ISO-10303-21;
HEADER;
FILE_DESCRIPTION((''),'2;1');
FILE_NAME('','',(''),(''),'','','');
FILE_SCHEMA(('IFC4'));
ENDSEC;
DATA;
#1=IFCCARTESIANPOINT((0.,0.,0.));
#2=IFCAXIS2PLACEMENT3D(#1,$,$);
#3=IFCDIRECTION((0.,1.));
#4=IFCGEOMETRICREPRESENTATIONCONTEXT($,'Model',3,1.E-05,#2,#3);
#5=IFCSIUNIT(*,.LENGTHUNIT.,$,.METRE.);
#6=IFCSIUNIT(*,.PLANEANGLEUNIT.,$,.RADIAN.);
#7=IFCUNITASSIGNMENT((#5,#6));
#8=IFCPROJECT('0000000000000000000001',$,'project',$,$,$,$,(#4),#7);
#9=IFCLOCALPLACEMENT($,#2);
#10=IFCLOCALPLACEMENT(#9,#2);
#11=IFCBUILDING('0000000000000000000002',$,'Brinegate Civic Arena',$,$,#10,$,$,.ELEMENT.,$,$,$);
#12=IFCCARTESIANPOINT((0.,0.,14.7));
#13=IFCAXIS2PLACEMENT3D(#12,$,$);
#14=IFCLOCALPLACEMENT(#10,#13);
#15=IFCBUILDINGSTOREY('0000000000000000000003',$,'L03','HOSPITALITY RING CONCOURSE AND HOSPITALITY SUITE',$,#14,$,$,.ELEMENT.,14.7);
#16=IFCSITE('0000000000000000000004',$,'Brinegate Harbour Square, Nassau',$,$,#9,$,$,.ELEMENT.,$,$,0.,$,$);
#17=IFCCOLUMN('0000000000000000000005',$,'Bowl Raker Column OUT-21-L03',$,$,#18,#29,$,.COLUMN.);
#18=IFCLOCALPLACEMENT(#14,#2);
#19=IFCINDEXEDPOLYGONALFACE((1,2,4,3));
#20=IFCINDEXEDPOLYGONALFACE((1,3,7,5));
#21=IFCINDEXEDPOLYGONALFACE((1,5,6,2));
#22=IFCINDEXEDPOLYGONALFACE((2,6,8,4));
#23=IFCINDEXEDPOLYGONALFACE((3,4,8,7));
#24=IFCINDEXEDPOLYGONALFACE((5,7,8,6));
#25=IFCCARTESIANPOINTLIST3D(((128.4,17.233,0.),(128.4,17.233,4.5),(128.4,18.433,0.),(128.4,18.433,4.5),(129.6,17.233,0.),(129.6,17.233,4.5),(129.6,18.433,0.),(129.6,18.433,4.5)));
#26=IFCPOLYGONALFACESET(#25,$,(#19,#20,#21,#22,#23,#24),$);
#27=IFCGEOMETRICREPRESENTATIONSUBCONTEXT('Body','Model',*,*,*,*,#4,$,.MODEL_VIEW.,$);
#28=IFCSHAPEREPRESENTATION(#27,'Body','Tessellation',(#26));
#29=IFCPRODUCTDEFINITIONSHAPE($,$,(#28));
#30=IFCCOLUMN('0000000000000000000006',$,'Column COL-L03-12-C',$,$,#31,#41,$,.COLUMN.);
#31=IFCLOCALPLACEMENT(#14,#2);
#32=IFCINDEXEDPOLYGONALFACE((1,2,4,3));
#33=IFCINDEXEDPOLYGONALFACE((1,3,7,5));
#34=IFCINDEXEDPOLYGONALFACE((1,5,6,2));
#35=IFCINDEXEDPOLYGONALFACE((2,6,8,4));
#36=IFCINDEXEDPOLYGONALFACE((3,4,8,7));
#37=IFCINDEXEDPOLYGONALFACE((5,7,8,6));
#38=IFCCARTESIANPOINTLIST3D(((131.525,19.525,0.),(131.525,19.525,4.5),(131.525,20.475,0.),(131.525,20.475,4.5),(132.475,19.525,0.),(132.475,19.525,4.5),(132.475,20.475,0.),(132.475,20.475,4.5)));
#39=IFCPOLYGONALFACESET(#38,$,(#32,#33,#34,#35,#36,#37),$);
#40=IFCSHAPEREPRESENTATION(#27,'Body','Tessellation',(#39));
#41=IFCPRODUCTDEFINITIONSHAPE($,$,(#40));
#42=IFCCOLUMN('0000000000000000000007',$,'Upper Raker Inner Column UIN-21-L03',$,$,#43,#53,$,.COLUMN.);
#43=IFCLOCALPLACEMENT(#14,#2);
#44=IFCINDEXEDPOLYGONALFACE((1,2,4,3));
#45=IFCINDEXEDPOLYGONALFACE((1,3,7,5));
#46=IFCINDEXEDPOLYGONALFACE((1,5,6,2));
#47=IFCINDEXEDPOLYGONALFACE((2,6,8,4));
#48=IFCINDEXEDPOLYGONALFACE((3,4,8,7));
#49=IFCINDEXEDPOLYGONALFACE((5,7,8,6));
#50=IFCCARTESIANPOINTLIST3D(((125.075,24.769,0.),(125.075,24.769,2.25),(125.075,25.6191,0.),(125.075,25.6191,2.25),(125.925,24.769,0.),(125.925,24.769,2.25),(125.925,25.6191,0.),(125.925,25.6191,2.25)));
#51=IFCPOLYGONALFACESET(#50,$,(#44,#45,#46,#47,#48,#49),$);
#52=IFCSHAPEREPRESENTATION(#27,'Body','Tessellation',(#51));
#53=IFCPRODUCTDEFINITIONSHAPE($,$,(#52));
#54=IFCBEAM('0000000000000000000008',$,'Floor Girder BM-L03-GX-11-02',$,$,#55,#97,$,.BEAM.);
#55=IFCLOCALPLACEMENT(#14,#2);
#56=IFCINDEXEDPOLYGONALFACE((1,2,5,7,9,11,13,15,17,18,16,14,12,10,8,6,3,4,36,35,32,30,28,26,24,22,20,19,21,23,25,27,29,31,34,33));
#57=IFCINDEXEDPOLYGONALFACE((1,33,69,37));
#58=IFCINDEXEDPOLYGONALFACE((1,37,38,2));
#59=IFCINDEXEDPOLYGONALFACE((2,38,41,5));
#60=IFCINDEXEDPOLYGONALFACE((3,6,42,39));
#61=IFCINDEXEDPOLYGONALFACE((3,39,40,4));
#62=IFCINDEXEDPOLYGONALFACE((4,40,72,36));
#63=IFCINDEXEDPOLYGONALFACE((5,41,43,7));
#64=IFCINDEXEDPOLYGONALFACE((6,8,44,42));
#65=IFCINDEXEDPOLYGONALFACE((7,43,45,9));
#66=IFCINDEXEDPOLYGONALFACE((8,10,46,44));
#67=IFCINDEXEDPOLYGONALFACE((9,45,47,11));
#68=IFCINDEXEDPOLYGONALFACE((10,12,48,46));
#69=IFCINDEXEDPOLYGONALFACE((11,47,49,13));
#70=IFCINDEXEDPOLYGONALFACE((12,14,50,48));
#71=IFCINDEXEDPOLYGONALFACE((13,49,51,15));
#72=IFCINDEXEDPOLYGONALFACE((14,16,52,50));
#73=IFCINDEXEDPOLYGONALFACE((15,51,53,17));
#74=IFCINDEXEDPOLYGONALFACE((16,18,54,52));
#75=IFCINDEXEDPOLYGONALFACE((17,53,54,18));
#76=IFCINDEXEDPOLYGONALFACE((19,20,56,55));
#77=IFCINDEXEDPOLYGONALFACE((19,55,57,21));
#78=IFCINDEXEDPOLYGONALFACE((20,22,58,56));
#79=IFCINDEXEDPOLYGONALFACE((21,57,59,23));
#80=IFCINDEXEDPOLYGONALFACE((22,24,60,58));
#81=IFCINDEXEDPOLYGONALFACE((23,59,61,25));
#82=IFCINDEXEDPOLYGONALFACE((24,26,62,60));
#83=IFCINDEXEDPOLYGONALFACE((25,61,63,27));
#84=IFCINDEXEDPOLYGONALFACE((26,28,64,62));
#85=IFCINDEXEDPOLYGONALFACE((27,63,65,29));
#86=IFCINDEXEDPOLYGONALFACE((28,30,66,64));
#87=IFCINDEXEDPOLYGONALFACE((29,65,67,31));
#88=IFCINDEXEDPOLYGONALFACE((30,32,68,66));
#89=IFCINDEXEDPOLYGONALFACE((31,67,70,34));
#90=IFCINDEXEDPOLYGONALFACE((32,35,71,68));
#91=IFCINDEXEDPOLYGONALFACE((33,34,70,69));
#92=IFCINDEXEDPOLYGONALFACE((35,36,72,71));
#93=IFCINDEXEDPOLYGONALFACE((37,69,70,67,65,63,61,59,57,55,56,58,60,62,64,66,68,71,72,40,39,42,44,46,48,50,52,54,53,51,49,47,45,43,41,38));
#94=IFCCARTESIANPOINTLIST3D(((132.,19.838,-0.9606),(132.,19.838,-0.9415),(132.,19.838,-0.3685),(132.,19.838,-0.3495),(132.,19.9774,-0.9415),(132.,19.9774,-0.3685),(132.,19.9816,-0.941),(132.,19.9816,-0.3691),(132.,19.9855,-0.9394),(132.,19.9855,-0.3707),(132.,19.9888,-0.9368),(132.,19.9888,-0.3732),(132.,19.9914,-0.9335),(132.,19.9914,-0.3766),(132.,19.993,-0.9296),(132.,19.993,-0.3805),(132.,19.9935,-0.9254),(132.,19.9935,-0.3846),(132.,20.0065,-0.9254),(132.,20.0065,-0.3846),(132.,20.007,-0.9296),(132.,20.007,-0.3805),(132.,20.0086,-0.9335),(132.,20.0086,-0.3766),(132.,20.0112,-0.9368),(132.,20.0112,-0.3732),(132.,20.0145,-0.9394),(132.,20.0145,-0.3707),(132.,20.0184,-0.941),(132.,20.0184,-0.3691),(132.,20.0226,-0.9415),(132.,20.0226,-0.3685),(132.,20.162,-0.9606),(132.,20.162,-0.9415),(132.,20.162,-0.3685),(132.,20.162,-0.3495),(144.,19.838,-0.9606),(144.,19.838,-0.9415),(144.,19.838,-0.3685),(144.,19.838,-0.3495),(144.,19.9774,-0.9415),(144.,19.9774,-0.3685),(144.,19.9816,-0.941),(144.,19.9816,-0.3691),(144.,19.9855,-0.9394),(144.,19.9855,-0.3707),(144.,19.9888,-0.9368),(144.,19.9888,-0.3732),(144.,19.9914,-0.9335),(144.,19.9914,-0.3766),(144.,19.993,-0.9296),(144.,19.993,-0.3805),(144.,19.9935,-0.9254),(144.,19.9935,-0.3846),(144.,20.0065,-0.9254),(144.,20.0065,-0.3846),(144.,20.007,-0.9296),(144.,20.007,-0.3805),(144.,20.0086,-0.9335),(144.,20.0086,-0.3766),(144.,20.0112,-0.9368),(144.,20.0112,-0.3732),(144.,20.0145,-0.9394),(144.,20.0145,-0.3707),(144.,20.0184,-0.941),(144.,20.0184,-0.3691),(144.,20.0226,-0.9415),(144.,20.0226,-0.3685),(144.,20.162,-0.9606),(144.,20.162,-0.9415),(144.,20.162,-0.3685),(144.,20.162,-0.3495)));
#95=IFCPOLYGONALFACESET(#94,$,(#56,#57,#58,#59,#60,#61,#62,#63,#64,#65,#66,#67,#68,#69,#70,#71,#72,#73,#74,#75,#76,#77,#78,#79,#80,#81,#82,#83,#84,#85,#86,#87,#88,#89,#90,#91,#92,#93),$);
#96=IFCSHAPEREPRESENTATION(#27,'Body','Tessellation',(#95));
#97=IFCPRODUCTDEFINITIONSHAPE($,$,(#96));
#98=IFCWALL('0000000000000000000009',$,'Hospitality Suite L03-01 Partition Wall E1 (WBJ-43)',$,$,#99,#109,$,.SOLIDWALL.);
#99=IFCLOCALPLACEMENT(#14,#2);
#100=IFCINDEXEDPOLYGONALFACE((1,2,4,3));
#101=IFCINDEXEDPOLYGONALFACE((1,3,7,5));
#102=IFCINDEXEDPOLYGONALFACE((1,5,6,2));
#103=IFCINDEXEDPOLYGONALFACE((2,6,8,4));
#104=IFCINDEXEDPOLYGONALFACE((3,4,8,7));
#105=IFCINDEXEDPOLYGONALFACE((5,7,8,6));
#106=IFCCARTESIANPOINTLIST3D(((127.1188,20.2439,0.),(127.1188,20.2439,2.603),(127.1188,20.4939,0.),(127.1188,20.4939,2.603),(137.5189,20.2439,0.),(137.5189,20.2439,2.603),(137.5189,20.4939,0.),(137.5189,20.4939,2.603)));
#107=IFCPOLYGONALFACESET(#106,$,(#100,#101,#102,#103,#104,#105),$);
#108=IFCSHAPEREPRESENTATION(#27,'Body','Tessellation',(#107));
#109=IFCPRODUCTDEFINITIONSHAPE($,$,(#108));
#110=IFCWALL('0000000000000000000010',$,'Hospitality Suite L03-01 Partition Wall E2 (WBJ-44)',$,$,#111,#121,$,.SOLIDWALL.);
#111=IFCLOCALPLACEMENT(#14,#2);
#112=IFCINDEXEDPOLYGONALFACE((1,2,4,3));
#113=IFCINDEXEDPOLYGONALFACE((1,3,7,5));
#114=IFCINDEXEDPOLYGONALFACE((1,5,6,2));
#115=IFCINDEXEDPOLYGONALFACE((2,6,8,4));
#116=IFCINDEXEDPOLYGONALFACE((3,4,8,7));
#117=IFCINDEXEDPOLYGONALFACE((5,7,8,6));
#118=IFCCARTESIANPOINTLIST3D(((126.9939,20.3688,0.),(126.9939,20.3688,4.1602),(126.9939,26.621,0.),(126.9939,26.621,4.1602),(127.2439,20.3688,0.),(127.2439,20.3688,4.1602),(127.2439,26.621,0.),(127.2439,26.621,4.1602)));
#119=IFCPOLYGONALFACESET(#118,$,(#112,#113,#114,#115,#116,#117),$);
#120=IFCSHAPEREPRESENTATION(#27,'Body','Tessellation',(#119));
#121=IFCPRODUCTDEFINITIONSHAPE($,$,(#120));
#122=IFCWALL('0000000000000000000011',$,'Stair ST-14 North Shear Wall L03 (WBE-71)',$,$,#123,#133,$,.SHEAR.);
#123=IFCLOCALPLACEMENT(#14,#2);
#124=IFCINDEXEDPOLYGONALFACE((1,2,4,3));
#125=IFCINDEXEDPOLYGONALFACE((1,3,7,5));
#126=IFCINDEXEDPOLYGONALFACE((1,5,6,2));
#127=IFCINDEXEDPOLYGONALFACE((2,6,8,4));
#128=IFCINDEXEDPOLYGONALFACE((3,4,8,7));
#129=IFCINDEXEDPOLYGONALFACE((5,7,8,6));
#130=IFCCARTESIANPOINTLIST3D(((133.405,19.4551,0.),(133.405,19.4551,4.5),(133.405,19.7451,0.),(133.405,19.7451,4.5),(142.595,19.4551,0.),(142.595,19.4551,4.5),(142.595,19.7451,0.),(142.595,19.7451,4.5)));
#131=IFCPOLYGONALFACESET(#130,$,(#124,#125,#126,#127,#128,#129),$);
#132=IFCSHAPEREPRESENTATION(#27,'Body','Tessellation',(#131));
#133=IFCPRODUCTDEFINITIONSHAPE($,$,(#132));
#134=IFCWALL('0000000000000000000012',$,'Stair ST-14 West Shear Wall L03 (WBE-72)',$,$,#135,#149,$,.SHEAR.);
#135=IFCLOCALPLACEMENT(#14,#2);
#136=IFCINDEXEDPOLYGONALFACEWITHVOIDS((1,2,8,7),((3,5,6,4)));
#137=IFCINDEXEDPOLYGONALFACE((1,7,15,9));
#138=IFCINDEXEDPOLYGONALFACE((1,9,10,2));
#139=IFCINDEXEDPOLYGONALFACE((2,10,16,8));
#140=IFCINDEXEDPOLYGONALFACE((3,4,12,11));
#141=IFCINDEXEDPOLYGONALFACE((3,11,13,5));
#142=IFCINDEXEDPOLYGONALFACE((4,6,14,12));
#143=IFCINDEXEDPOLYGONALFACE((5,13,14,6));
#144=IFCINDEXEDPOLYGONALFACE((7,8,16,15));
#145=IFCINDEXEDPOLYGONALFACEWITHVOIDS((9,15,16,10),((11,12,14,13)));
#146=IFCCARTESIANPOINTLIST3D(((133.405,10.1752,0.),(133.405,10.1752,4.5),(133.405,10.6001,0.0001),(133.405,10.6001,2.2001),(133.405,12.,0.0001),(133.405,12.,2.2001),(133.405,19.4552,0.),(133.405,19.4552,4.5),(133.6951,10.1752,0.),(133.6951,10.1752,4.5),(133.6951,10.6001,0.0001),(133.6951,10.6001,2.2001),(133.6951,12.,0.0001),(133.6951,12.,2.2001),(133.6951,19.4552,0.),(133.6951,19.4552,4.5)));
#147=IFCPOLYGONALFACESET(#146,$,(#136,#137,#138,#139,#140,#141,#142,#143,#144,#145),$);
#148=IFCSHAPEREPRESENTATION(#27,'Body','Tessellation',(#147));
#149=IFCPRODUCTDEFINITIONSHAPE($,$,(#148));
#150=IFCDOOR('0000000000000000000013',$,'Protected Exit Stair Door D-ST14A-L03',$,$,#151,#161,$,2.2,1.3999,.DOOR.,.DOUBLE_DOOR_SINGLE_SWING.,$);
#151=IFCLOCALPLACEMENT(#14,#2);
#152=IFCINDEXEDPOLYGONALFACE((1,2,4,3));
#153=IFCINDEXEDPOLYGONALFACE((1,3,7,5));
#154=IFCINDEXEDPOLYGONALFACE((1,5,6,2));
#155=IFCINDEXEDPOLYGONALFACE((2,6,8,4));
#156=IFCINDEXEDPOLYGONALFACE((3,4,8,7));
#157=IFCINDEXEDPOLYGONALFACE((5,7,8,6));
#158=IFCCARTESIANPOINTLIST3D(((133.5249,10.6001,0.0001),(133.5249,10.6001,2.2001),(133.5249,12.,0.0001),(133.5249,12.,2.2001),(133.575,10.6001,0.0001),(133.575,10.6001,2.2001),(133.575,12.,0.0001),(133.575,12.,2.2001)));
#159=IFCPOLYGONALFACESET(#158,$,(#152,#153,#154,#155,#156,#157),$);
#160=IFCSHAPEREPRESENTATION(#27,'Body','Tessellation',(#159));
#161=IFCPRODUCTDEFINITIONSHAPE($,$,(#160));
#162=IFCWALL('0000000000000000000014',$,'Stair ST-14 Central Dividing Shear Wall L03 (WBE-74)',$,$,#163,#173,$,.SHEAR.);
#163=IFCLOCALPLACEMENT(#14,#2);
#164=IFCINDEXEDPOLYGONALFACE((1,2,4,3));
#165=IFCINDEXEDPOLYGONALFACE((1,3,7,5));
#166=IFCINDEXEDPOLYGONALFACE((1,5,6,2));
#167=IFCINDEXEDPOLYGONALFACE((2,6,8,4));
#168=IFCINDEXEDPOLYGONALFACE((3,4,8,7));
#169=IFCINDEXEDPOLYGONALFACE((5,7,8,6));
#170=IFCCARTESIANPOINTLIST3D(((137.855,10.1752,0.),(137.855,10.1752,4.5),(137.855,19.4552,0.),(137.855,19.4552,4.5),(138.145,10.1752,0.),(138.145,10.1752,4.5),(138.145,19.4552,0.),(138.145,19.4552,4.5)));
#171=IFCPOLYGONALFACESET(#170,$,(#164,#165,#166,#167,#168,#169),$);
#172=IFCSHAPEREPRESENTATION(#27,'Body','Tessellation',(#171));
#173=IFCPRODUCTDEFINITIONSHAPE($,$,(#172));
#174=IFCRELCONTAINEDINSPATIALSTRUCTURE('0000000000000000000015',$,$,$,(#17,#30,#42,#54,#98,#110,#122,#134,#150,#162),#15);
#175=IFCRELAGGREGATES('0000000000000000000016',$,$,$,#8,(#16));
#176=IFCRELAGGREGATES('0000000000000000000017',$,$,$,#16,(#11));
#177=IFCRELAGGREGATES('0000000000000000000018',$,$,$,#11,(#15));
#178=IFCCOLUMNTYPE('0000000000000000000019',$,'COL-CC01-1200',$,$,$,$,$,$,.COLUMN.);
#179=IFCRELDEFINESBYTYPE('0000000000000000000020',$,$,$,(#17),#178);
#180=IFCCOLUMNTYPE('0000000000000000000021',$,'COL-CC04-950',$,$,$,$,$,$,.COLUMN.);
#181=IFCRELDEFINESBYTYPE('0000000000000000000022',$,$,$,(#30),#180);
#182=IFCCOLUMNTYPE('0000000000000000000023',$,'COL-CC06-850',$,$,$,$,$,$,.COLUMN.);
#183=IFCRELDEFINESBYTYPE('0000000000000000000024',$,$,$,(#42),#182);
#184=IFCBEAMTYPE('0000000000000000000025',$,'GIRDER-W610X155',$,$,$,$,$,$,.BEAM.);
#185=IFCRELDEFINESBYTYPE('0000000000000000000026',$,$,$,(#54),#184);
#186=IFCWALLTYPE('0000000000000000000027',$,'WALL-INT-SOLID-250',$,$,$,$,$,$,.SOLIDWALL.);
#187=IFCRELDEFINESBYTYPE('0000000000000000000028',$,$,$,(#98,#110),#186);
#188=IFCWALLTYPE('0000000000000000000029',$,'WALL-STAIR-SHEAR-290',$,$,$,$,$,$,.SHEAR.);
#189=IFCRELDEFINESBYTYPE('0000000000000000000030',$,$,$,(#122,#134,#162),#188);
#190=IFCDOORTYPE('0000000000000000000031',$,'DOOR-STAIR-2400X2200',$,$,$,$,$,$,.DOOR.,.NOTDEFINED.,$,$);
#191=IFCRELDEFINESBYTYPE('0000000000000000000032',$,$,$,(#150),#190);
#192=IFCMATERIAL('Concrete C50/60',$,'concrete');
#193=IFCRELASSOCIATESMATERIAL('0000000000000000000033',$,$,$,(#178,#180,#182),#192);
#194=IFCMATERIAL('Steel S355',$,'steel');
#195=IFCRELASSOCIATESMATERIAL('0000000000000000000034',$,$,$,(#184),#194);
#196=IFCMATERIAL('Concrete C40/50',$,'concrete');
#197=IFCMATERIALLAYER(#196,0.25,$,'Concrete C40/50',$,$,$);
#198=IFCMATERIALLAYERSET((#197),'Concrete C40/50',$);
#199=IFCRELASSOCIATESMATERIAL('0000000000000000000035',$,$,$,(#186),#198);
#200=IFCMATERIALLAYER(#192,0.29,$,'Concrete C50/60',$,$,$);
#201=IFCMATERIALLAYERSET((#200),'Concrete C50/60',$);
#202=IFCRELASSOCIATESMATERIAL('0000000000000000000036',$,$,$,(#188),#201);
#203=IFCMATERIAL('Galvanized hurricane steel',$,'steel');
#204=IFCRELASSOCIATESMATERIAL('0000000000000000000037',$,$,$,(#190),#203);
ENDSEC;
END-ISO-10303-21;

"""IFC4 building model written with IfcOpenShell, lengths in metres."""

from ifc_helpers import new_model, si_unit, direction, frame, frame_2d, origin, origin_2d, place, context, subcontext, project, spatial, rectangle, i_section, extrude, material, layer, layer_set, material_profile, profile_set, type_object, element, fill, save


model = new_model("IFC4")

# Units and contexts
model_context = context("Model", 3, precision=1e-05, world=origin(), true_north=direction((0.0, 1.0)))
body_context = subcontext(model_context, "Body", "Model", "MODEL_VIEW")
ifc_project = project(units=[si_unit("LENGTHUNIT", "METRE"), si_unit("PLANEANGLEUNIT", "RADIAN")], contexts=[model_context])

# Site, building, storey
site_placement = place(None, origin())
site = spatial("IfcSite", under=ifc_project, at=site_placement, Name="Brinegate Harbour Square, Nassau", CompositionType="ELEMENT", RefElevation=0.0)
building_placement = place(site_placement, origin())
building = spatial("IfcBuilding", under=site, at=building_placement, Name="Brinegate Civic Arena", CompositionType="ELEMENT")
storey_placement = place(building_placement, frame((0.0, 0.0, 14.7)))
storey = spatial("IfcBuildingStorey", under=building, at=storey_placement, Name="L03", Description="HOSPITALITY RING CONCOURSE AND HOSPITALITY SUITE", CompositionType="ELEMENT", Elevation=14.7)

# Columns
ifc_material_1 = material(Name="Concrete C50/60", Category="concrete")
ifc_material_profile_1 = material_profile(ifc_material_1, rectangle(XDim=1.2, YDim=1.2, at=origin_2d()), Name="RC1200X1200")
ifc_profile_set_1 = profile_set([ifc_material_profile_1], Name="Concrete C50/60")
column_type_1 = type_object("IfcColumnType", Name="COL-CC01-1200", PredefinedType="COLUMN", material=ifc_profile_set_1)
column_1_placement = place(storey_placement, frame((129.0, 17.833, 0.0), z_axis=(0.0, 0.0, 1.0), x_axis=(1.0, 0.0, 0.0)))
element("IfcColumn", 1, at=column_1_placement, inside=storey, type_object=column_type_1, Name="Bowl Raker Column OUT-21-L03", PredefinedType="COLUMN", context=body_context, shape_type="SweptSolid", body=[
    extrude(rectangle(XDim=1.2, YDim=1.2, at=origin_2d()), origin(), (0.0, 0.0, 1.0), 4.5),
])
ifc_material_profile_2 = material_profile(ifc_material_1, rectangle(XDim=0.95, YDim=0.95, at=origin_2d()), Name="RC950X950")
ifc_profile_set_2 = profile_set([ifc_material_profile_2], Name="Concrete C50/60")
column_type_2 = type_object("IfcColumnType", Name="COL-CC04-950", PredefinedType="COLUMN", material=ifc_profile_set_2)
column_2_placement = place(storey_placement, frame((132.0, 20.0, 0.0), z_axis=(0.0, 0.0, 1.0), x_axis=(1.0, 0.0, 0.0)))
element("IfcColumn", 2, at=column_2_placement, inside=storey, type_object=column_type_2, Name="Column COL-L03-12-C", PredefinedType="COLUMN", context=body_context, shape_type="SweptSolid", body=[
    extrude(rectangle(XDim=0.95, YDim=0.95, at=origin_2d()), origin(), (0.0, 0.0, 1.0), 4.5),
])
ifc_material_profile_3 = material_profile(ifc_material_1, rectangle(XDim=0.8501, YDim=0.8501, at=origin_2d()), Name="RC850X850")
ifc_profile_set_3 = profile_set([ifc_material_profile_3], Name="Concrete C50/60")
column_type_3 = type_object("IfcColumnType", Name="COL-CC06-850", PredefinedType="COLUMN", material=ifc_profile_set_3)
column_3_placement = place(storey_placement, frame((125.5, 25.1941, 0.0), z_axis=(0.0, 0.0, 1.0), x_axis=(1.0, 0.0, 0.0)))
element("IfcColumn", 3, at=column_3_placement, inside=storey, type_object=column_type_3, Name="Upper Raker Inner Column UIN-21-L03", PredefinedType="COLUMN", context=body_context, shape_type="SweptSolid", body=[
    extrude(rectangle(XDim=0.8501, YDim=0.8501, at=origin_2d()), origin(), (0.0, 0.0, 1.0), 2.25),
])

# Beam
ifc_material_2 = material(Name="Steel S355", Category="steel")
ifc_material_profile_4 = material_profile(ifc_material_2, i_section(OverallWidth=0.324, OverallDepth=0.6111, WebThickness=0.0129, FlangeThickness=0.019, FilletRadius=0.0161, at=origin_2d()), Name="W610X155")
ifc_profile_set_4 = profile_set([ifc_material_profile_4], Name="Steel S355")
beam_type = type_object("IfcBeamType", Name="GIRDER-W610X155", PredefinedType="BEAM", material=ifc_profile_set_4)
beam_placement = place(storey_placement, frame((132.0, 20.0, -0.655), z_axis=(1.0, 0.0, 0.0), x_axis=(0.0, 1.0, 0.0)))
element("IfcBeam", 4, at=beam_placement, inside=storey, type_object=beam_type, Name="Floor Girder BM-L03-GX-11-02", PredefinedType="BEAM", context=body_context, shape_type="SweptSolid", body=[
    extrude(i_section(OverallWidth=0.324, OverallDepth=0.6111, WebThickness=0.0129, FlangeThickness=0.019, FilletRadius=0.0161, at=origin_2d()), origin(), (0.0, 0.0, 1.0), 12.0),
])

# Walls
ifc_material_3 = material(Name="Concrete C40/50", Category="concrete")
ifc_layer_1 = layer(ifc_material_3, 0.25, Name="Concrete C40/50")
ifc_layer_set_1 = layer_set([ifc_layer_1], Name="Concrete C40/50")
wall_type_1 = type_object("IfcWallType", Name="WALL-INT-SOLID-250", PredefinedType="SOLIDWALL", material=ifc_layer_set_1)
wall_1_placement = place(storey_placement, frame((137.519, 20.3689, 0.0), z_axis=(0.0, 0.0, 1.0), x_axis=(-1.0, 0.0, 0.0)))
element("IfcWall", 5, at=wall_1_placement, inside=storey, type_object=wall_type_1, Name="Hospitality Suite L03-01 Partition Wall E1 (WBJ-43)", PredefinedType="SOLIDWALL", context=body_context, shape_type="SweptSolid", body=[
    extrude(rectangle(XDim=10.4001, YDim=0.25, at=frame_2d((5.2002, 0.0))), origin(), (0.0, 0.0, 1.0), 2.603),
])
wall_2_placement = place(storey_placement, frame((127.1189, 20.3689, 0.0), z_axis=(0.0, 0.0, 1.0), x_axis=(0.0, 1.0, 0.0)))
element("IfcWall", 6, at=wall_2_placement, inside=storey, type_object=wall_type_1, Name="Hospitality Suite L03-01 Partition Wall E2 (WBJ-44)", PredefinedType="SOLIDWALL", context=body_context, shape_type="SweptSolid", body=[
    extrude(rectangle(XDim=6.2522, YDim=0.25, at=frame_2d((3.126, 0.0))), origin(), (0.0, 0.0, 1.0), 4.1602),
])
ifc_layer_2 = layer(ifc_material_1, 0.29, Name="Concrete C50/60")
ifc_layer_set_2 = layer_set([ifc_layer_2], Name="Concrete C50/60")
wall_type_2 = type_object("IfcWallType", Name="WALL-STAIR-SHEAR-290", PredefinedType="SHEAR", material=ifc_layer_set_2)
wall_3_placement = place(storey_placement, frame((133.405, 19.6001, 0.0), z_axis=(0.0, 0.0, 1.0), x_axis=(1.0, 0.0, 0.0)))
element("IfcWall", 7, at=wall_3_placement, inside=storey, type_object=wall_type_2, Name="Stair ST-14 North Shear Wall L03 (WBE-71)", PredefinedType="SHEAR", context=body_context, shape_type="SweptSolid", body=[
    extrude(rectangle(XDim=9.1899, YDim=0.29, at=frame_2d((4.595, 0.0))), origin(), (0.0, 0.0, 1.0), 4.5),
])

# Wall, opening, door
wall_4_placement = place(storey_placement, frame((133.55, 10.175, 0.0), z_axis=(0.0, 0.0, 1.0), x_axis=(0.0, 1.0, 0.0)))
wall_4 = element("IfcWall", 8, at=wall_4_placement, inside=storey, type_object=wall_type_2, Name="Stair ST-14 West Shear Wall L03 (WBE-72)", PredefinedType="SHEAR", context=body_context, shape_type="SweptSolid", body=[
    extrude(rectangle(XDim=9.28, YDim=0.29, at=frame_2d((4.6401, 0.0))), origin(), (0.0, 0.0, 1.0), 4.5),
])
opening_placement = place(wall_4_placement, frame((0.425, 0.0, 0.0)))
opening = element("IfcOpeningElement", 9, at=opening_placement, cuts=wall_4, PredefinedType="OPENING", context=body_context, shape_type="SweptSolid", body=[
    extrude(rectangle(XDim=1.3999, YDim=2.2, at=frame_2d((0.7, 1.1001))), frame((0.0, 0.155, 0.0), z_axis=(0.0, -1.0, 0.0), x_axis=(1.0, 0.0, 0.0)), (0.0, 0.0, 1.0), 0.3101),
])
ifc_material_4 = material(Name="Galvanized hurricane steel", Category="steel")
door_type = type_object("IfcDoorType", Name="DOOR-STAIR-2400X2200", OperationType="NOTDEFINED", PredefinedType="DOOR", material=ifc_material_4)
door_placement = place(opening_placement, frame((1.3999, 0.0, 0.0), z_axis=(0.0, 0.0, 1.0), x_axis=(-1.0, 0.0, 0.0)))
door = element("IfcDoor", 10, at=door_placement, inside=storey, type_object=door_type, Name="Protected Exit Stair Door D-ST14A-L03", OperationType="DOUBLE_DOOR_SINGLE_SWING", OverallHeight=2.2, OverallWidth=1.3999, PredefinedType="DOOR", context=body_context, shape_type="SweptSolid", body=[
    extrude(rectangle(XDim=1.3999, YDim=2.2, at=frame_2d((0.7, 1.1001))), frame((0.0, 0.0249, 0.0), z_axis=(0.0, -1.0, 0.0), x_axis=(1.0, 0.0, 0.0)), (0.0, 0.0, 1.0), 0.05),
])
fill(opening, door)

# Wall
wall_5_placement = place(storey_placement, frame((138.0, 10.175, 0.0), z_axis=(0.0, 0.0, 1.0), x_axis=(0.0, 1.0, 0.0)))
element("IfcWall", 11, at=wall_5_placement, inside=storey, type_object=wall_type_2, Name="Stair ST-14 Central Dividing Shear Wall L03 (WBE-74)", PredefinedType="SHEAR", context=body_context, shape_type="SweptSolid", body=[
    extrude(rectangle(XDim=9.28, YDim=0.29, at=frame_2d((4.6401, 0.0))), origin(), (0.0, 0.0, 1.0), 4.5),
])

save(model, "model.ifc")
